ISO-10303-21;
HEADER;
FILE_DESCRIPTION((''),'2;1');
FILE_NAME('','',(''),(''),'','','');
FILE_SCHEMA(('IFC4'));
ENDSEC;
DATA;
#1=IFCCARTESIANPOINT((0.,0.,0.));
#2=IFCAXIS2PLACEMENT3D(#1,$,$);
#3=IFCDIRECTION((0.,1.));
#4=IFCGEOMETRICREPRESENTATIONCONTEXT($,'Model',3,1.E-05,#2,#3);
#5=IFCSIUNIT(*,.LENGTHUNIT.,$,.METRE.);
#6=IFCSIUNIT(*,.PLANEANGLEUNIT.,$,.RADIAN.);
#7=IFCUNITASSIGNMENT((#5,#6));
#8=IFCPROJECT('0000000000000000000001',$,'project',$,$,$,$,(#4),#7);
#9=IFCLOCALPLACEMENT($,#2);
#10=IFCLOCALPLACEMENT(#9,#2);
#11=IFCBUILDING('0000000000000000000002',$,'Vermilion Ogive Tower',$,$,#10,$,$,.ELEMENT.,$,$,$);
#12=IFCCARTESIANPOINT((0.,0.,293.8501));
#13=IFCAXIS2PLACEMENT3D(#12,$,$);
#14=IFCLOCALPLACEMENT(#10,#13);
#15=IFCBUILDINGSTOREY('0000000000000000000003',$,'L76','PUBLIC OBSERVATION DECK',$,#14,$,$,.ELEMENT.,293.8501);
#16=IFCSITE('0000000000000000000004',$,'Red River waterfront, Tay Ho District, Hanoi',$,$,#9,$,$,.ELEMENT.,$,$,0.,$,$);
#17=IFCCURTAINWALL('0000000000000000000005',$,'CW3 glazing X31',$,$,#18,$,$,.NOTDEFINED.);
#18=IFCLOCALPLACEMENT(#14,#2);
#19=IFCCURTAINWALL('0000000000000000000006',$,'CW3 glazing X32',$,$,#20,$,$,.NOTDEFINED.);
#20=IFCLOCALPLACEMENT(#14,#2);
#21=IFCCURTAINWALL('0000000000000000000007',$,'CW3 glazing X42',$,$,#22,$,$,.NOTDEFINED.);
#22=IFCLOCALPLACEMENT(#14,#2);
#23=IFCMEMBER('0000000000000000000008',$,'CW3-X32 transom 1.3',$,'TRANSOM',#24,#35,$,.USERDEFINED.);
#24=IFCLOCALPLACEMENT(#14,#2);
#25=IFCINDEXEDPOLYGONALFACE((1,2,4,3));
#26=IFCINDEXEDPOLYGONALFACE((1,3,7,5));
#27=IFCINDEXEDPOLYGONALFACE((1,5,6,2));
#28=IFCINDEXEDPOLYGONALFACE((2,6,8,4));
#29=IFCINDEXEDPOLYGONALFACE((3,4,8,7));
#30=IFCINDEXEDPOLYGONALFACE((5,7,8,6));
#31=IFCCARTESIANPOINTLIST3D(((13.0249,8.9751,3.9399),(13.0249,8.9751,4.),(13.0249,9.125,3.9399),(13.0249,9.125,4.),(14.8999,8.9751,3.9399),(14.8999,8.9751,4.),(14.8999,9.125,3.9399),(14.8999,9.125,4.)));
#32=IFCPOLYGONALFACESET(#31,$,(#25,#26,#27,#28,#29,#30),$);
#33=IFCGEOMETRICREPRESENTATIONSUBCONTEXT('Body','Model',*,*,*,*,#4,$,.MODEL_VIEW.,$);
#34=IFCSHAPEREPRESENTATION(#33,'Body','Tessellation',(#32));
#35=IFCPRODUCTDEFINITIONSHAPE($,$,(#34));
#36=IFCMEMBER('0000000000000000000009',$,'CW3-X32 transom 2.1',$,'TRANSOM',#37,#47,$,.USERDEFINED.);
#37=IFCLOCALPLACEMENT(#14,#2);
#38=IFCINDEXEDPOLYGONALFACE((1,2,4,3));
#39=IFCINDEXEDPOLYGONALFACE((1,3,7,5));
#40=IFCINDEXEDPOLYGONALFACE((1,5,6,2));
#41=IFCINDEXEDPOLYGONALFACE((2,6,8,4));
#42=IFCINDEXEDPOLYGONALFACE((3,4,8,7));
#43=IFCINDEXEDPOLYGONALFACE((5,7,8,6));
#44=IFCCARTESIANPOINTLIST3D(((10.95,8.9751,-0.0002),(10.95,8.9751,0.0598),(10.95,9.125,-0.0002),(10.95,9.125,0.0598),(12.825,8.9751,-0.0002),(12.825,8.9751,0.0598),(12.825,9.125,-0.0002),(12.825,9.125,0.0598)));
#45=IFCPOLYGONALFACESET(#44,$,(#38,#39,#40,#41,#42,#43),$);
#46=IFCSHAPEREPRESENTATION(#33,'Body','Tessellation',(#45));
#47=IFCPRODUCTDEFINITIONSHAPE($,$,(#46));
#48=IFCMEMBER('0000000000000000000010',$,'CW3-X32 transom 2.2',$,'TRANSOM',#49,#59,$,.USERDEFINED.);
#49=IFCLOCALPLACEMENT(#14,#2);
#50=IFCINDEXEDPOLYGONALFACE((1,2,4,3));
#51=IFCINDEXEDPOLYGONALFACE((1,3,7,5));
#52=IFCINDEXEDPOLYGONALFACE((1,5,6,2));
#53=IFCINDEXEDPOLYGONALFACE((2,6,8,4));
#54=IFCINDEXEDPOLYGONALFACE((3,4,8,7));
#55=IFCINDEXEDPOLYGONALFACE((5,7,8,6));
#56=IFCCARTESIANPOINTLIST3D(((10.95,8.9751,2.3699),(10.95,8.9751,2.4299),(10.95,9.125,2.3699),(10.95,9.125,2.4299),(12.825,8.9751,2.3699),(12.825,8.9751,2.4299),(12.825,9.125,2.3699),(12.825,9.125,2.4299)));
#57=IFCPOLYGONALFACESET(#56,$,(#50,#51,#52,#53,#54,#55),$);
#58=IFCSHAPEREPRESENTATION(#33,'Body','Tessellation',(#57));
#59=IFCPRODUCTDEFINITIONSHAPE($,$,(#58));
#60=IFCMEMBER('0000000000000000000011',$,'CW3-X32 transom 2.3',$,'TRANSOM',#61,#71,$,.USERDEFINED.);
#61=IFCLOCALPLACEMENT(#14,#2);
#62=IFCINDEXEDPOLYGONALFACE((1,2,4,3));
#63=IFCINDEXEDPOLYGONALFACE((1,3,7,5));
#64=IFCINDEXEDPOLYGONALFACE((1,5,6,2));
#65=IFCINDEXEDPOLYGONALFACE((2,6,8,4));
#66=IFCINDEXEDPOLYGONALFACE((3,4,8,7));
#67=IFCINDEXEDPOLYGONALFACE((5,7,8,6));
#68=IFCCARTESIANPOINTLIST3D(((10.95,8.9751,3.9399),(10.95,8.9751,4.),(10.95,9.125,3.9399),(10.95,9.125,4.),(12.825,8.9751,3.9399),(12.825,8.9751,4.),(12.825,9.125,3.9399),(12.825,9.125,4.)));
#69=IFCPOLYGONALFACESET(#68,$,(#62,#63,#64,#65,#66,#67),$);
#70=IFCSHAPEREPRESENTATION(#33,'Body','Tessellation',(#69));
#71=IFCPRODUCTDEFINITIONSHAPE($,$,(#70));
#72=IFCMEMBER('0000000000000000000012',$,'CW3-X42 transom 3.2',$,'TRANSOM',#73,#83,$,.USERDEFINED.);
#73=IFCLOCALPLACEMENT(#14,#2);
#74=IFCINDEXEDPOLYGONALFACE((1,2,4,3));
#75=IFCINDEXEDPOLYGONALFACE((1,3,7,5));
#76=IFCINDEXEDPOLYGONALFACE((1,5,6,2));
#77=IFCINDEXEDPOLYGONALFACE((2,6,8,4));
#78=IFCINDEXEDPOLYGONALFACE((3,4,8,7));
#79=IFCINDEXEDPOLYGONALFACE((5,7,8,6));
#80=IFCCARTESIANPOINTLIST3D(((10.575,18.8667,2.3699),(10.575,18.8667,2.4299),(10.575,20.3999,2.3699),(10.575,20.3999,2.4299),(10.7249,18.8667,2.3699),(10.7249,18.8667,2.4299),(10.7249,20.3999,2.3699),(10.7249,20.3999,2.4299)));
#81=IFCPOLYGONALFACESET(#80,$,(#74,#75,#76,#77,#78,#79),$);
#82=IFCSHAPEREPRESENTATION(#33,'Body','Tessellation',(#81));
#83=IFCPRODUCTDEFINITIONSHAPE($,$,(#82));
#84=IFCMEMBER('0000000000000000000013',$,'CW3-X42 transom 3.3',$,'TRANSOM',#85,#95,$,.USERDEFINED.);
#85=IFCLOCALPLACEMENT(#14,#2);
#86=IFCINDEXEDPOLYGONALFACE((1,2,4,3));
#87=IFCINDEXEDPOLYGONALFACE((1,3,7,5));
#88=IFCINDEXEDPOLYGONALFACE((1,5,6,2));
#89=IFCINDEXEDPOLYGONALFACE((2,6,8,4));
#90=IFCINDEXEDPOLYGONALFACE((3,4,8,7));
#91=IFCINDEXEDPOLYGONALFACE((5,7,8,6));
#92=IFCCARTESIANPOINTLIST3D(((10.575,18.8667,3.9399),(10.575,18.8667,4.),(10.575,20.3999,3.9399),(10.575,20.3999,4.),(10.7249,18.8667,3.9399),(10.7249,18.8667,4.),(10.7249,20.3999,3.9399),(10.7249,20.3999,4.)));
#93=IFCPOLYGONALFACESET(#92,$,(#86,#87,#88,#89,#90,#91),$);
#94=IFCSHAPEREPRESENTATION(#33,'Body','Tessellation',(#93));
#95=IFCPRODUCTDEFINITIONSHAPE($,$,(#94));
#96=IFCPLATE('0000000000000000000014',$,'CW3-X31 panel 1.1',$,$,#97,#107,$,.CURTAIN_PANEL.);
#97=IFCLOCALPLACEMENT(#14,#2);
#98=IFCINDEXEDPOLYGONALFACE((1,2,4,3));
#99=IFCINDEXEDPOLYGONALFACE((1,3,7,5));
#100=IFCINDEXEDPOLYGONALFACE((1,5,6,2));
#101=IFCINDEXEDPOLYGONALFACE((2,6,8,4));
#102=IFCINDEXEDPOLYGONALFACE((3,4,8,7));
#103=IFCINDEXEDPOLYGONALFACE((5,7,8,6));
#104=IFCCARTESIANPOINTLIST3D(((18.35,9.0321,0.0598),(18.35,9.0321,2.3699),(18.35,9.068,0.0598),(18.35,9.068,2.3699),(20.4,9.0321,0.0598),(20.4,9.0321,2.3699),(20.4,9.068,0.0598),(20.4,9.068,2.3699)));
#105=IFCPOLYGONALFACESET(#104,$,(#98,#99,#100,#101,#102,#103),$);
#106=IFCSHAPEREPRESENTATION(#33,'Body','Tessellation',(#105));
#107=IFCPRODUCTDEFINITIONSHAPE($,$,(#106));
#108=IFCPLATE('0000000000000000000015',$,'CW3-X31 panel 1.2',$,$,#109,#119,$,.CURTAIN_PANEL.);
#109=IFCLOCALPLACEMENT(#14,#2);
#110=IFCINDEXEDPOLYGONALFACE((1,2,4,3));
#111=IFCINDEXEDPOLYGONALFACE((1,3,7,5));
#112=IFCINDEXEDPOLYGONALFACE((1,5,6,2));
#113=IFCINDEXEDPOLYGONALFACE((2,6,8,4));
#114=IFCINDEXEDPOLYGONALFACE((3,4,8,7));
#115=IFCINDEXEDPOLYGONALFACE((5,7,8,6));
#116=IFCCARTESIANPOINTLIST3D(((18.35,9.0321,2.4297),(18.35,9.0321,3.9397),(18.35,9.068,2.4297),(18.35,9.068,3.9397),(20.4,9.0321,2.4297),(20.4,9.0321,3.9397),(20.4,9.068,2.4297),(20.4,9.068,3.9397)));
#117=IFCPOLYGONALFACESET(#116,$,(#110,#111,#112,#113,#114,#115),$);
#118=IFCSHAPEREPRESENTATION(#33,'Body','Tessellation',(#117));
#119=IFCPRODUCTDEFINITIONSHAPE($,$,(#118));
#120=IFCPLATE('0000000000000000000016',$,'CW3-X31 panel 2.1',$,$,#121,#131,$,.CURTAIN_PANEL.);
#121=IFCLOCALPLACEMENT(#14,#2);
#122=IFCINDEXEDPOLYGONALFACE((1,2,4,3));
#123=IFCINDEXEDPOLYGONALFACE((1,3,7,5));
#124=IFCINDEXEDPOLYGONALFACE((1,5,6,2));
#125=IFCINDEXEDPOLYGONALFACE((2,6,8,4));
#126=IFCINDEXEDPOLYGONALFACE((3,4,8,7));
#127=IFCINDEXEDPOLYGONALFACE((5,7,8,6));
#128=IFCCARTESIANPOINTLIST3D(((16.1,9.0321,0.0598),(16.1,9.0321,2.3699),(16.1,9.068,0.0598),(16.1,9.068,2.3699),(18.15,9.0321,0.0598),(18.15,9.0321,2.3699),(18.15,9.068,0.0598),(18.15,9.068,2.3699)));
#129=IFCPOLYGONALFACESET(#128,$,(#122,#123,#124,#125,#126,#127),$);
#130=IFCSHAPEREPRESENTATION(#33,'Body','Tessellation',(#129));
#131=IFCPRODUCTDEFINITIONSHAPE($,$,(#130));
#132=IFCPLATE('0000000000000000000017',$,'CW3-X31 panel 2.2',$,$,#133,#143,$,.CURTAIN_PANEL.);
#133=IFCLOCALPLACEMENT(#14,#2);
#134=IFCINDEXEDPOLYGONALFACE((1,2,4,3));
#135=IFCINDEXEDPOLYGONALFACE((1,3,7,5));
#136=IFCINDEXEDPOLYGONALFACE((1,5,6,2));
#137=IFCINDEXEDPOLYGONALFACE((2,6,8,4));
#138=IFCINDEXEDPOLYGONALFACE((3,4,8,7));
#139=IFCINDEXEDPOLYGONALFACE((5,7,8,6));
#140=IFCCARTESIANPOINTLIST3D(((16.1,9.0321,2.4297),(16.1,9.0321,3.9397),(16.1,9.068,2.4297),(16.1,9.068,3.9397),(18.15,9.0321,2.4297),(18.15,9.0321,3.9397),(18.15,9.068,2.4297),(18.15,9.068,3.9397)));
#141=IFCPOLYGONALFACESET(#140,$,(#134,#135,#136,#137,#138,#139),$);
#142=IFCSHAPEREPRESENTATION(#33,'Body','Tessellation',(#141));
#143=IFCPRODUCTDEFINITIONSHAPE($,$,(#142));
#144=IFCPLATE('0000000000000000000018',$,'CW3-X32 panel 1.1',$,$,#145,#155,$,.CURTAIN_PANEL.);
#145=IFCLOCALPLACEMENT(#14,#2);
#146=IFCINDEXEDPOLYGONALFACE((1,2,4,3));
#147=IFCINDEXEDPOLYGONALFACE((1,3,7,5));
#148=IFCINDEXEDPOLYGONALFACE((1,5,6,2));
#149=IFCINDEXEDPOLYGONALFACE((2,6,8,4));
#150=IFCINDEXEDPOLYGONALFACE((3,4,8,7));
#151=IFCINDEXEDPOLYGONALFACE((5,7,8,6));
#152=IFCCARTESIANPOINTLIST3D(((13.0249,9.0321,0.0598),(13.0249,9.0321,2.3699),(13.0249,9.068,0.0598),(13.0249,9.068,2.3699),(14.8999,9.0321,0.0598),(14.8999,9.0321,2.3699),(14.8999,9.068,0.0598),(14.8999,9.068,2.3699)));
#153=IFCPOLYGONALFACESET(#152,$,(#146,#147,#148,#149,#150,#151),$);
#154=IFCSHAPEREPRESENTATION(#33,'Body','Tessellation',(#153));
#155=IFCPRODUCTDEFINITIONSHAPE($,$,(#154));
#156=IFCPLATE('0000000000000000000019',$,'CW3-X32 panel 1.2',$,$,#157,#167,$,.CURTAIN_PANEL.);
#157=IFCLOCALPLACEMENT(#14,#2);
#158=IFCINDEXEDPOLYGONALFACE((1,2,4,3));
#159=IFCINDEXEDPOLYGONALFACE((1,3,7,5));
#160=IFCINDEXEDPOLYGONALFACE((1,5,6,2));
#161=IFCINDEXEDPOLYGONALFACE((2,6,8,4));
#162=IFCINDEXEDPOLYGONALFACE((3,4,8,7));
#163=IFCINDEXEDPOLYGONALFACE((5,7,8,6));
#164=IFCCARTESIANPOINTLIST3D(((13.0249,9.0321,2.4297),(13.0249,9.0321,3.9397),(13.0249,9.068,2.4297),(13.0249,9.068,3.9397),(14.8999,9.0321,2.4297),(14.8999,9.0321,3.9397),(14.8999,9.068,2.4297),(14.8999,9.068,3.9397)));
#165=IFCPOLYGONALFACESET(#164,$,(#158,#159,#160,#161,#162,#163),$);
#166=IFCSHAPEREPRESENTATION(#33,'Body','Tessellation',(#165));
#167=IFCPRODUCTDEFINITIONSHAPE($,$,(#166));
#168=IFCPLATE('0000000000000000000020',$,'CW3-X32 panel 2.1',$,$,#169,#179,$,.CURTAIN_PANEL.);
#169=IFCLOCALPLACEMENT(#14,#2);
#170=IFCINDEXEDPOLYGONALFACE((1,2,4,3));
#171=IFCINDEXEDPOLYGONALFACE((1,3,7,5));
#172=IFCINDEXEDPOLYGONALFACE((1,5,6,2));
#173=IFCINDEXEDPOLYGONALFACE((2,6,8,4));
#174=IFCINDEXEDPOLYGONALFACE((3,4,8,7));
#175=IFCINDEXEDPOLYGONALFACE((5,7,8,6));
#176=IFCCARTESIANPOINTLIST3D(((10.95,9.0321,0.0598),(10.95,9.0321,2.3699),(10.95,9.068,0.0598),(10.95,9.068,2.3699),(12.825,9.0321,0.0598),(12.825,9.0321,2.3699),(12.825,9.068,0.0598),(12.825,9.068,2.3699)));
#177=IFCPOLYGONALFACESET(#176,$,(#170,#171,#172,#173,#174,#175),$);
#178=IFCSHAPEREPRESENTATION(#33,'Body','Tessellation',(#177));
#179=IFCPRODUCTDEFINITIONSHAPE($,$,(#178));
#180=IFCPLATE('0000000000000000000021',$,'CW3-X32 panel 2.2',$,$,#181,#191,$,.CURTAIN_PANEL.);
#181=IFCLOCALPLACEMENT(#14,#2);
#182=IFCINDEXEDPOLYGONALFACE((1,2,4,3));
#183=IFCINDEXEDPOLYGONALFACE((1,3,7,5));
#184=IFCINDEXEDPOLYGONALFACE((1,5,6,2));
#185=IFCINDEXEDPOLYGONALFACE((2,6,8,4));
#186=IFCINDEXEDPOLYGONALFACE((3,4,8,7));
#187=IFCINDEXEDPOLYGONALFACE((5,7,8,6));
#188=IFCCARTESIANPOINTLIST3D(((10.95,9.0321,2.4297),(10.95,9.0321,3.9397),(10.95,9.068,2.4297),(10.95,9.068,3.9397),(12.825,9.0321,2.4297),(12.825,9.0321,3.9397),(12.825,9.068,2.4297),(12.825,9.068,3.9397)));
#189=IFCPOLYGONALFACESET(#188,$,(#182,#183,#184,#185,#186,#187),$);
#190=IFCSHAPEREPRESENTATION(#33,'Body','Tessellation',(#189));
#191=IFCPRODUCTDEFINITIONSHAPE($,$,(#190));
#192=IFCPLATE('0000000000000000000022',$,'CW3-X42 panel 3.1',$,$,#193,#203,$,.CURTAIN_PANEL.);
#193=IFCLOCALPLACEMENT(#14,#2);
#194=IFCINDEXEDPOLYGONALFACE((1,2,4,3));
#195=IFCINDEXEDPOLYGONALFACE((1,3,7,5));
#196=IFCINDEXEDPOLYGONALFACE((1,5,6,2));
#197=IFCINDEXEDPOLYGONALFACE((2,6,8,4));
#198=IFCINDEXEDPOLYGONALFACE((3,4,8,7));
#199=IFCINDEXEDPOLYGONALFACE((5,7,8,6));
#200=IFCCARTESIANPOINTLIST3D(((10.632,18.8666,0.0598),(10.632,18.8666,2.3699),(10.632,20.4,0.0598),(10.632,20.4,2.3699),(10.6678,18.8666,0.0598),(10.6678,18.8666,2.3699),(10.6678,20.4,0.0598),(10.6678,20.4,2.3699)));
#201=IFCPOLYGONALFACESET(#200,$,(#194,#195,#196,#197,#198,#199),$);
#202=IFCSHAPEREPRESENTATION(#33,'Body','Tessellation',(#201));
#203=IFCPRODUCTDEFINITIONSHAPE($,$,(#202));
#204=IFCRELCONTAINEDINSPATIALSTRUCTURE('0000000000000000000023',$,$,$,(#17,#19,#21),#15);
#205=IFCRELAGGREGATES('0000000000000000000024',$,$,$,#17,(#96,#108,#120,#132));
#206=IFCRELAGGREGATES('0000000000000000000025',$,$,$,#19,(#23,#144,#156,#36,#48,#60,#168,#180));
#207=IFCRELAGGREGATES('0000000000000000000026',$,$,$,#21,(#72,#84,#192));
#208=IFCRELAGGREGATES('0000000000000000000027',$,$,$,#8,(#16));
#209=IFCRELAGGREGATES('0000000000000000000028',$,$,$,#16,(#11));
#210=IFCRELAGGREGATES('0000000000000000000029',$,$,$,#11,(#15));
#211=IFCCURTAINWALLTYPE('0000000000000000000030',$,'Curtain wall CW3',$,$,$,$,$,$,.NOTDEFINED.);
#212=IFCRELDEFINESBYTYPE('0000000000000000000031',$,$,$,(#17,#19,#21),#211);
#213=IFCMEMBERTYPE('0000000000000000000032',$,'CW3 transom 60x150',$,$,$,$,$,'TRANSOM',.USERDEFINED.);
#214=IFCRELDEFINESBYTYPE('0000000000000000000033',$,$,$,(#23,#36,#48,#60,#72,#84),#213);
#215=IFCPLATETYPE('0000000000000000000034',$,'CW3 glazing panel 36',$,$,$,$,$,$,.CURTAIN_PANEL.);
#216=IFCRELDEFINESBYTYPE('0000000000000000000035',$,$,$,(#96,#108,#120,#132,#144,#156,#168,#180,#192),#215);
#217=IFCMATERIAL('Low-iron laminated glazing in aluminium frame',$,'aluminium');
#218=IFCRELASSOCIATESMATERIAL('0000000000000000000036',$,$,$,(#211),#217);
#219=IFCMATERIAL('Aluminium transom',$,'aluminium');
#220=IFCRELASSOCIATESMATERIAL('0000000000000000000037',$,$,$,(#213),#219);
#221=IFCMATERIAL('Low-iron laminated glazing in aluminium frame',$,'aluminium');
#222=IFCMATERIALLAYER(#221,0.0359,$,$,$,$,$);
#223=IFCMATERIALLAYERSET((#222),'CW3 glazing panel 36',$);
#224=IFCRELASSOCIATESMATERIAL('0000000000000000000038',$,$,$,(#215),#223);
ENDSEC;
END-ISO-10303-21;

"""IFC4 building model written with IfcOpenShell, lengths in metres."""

from ifc_helpers import new_model, si_unit, direction, frame, origin, origin_2d, place, context, subcontext, project, spatial, rectangle, extrude, material, layer, layer_set, material_profile, profile_set, type_object, element, aggregate, save


model = new_model("IFC4")

# Units and contexts
model_context = context("Model", 3, precision=1e-05, world=origin(), true_north=direction((0.0, 1.0)))
body_context = subcontext(model_context, "Body", "Model", "MODEL_VIEW")
ifc_project = project(units=[si_unit("LENGTHUNIT", "METRE"), si_unit("PLANEANGLEUNIT", "RADIAN")], contexts=[model_context])

# Site, building, storey
site_placement = place(None, origin())
site = spatial("IfcSite", under=ifc_project, at=site_placement, Name="Red River waterfront, Tay Ho District, Hanoi", CompositionType="ELEMENT", RefElevation=0.0)
building_placement = place(site_placement, origin())
building = spatial("IfcBuilding", under=site, at=building_placement, Name="Vermilion Ogive Tower", CompositionType="ELEMENT")
storey_placement = place(building_placement, frame((0.0, 0.0, 293.8501)))
storey = spatial("IfcBuildingStorey", under=building, at=storey_placement, Name="L76", Description="PUBLIC OBSERVATION DECK", CompositionType="ELEMENT", Elevation=293.8501)

# Curtain walls
ifc_material_1 = material(Name="Low-iron laminated glazing in aluminium frame", Category="aluminium")
curtain_wall_type = type_object("IfcCurtainWallType", Name="Curtain wall CW3", PredefinedType="NOTDEFINED", material=ifc_material_1)
curtain_wall_1_placement = place(storey_placement, origin())
curtain_wall_1 = element("IfcCurtainWall", 1, at=curtain_wall_1_placement, inside=storey, type_object=curtain_wall_type, Name="CW3 glazing X31", PredefinedType="NOTDEFINED")
curtain_wall_2_placement = place(storey_placement, origin())
curtain_wall_2 = element("IfcCurtainWall", 2, at=curtain_wall_2_placement, inside=storey, type_object=curtain_wall_type, Name="CW3 glazing X32", PredefinedType="NOTDEFINED")

# Curtain wall
curtain_wall_3_placement = place(storey_placement, origin())
curtain_wall_3 = element("IfcCurtainWall", 3, at=curtain_wall_3_placement, inside=storey, type_object=curtain_wall_type, Name="CW3 glazing X42", PredefinedType="NOTDEFINED")

# Members
ifc_material_2 = material(Name="Aluminium transom", Category="aluminium")
ifc_material_profile_1 = material_profile(ifc_material_2, rectangle(XDim=0.1499, YDim=0.0601, at=origin_2d()), Name="AL 60x150")
ifc_profile_set_1 = profile_set([ifc_material_profile_1], Name="Aluminium transom")
member_type_1 = type_object("IfcMemberType", Name="CW3 transom 60x150", ElementType="TRANSOM", PredefinedType="USERDEFINED", material=ifc_profile_set_1)
member_1_placement = place(storey_placement, frame((14.8999, 9.05, 3.97), z_axis=(-1.0, 0.0, 0.0), x_axis=(0.0, -1.0, 0.0)))
member_1 = element("IfcMember", 4, at=member_1_placement, type_object=member_type_1, Name="CW3-X32 transom 1.3", ObjectType="TRANSOM", PredefinedType="USERDEFINED", context=body_context, shape_type="SweptSolid", body=[
    extrude(rectangle(XDim=0.1499, YDim=0.0601, at=origin_2d()), origin(), (0.0, 0.0, 1.0), 1.875),
])
member_2_placement = place(storey_placement, frame((12.825, 9.05, 0.0298), z_axis=(-1.0, 0.0, 0.0), x_axis=(0.0, -1.0, 0.0)))
member_2 = element("IfcMember", 5, at=member_2_placement, type_object=member_type_1, Name="CW3-X32 transom 2.1", ObjectType="TRANSOM", PredefinedType="USERDEFINED", context=body_context, shape_type="SweptSolid", body=[
    extrude(rectangle(XDim=0.1499, YDim=0.0601, at=origin_2d()), origin(), (0.0, 0.0, 1.0), 1.875),
])
member_3_placement = place(storey_placement, frame((12.825, 9.05, 2.3999), z_axis=(-1.0, 0.0, 0.0), x_axis=(0.0, -1.0, 0.0)))
member_3 = element("IfcMember", 6, at=member_3_placement, type_object=member_type_1, Name="CW3-X32 transom 2.2", ObjectType="TRANSOM", PredefinedType="USERDEFINED", context=body_context, shape_type="SweptSolid", body=[
    extrude(rectangle(XDim=0.1499, YDim=0.0601, at=origin_2d()), origin(), (0.0, 0.0, 1.0), 1.875),
])
member_4_placement = place(storey_placement, frame((12.825, 9.05, 3.97), z_axis=(-1.0, 0.0, 0.0), x_axis=(0.0, -1.0, 0.0)))
member_4 = element("IfcMember", 7, at=member_4_placement, type_object=member_type_1, Name="CW3-X32 transom 2.3", ObjectType="TRANSOM", PredefinedType="USERDEFINED", context=body_context, shape_type="SweptSolid", body=[
    extrude(rectangle(XDim=0.1499, YDim=0.0601, at=origin_2d()), origin(), (0.0, 0.0, 1.0), 1.875),
])
member_5_placement = place(storey_placement, frame((10.6499, 18.8667, 2.3999), z_axis=(0.0, 1.0, 0.0), x_axis=(-1.0, 0.0, 0.0)))
member_5 = element("IfcMember", 8, at=member_5_placement, type_object=member_type_1, Name="CW3-X42 transom 3.2", ObjectType="TRANSOM", PredefinedType="USERDEFINED", context=body_context, shape_type="SweptSolid", body=[
    extrude(rectangle(XDim=0.1499, YDim=0.0601, at=origin_2d()), origin(), (0.0, 0.0, 1.0), 1.5332),
])
member_6_placement = place(storey_placement, frame((10.6499, 18.8667, 3.97), z_axis=(0.0, 1.0, 0.0), x_axis=(-1.0, 0.0, 0.0)))
member_6 = element("IfcMember", 9, at=member_6_placement, type_object=member_type_1, Name="CW3-X42 transom 3.3", ObjectType="TRANSOM", PredefinedType="USERDEFINED", context=body_context, shape_type="SweptSolid", body=[
    extrude(rectangle(XDim=0.1499, YDim=0.0601, at=origin_2d()), origin(), (0.0, 0.0, 1.0), 1.5332),
])

# Plates
ifc_material_3 = material(Name="Low-iron laminated glazing in aluminium frame", Category="aluminium")
ifc_layer_1 = layer(ifc_material_3, 0.0359)
ifc_layer_set_1 = layer_set([ifc_layer_1], Name="CW3 glazing panel 36")
plate_type = type_object("IfcPlateType", Name="CW3 glazing panel 36", PredefinedType="CURTAIN_PANEL", material=ifc_layer_set_1)
plate_1_placement = place(storey_placement, frame((19.375, 9.05, 0.0598), z_axis=(0.0, 0.0, 1.0), x_axis=(-1.0, 0.0, 0.0)))
plate_1 = element("IfcPlate", 10, at=plate_1_placement, type_object=plate_type, Name="CW3-X31 panel 1.1", PredefinedType="CURTAIN_PANEL", context=body_context, shape_type="SweptSolid", body=[
    extrude(rectangle(XDim=2.05, YDim=0.0359, at=origin_2d()), origin(), (0.0, 0.0, 1.0), 2.3101),
])
plate_2_placement = place(storey_placement, frame((19.375, 9.05, 2.4297), z_axis=(0.0, 0.0, 1.0), x_axis=(-1.0, 0.0, 0.0)))
plate_2 = element("IfcPlate", 11, at=plate_2_placement, type_object=plate_type, Name="CW3-X31 panel 1.2", PredefinedType="CURTAIN_PANEL", context=body_context, shape_type="SweptSolid", body=[
    extrude(rectangle(XDim=2.05, YDim=0.0359, at=origin_2d()), origin(), (0.0, 0.0, 1.0), 1.51),
])
plate_3_placement = place(storey_placement, frame((17.125, 9.05, 0.0598), z_axis=(0.0, 0.0, 1.0), x_axis=(-1.0, 0.0, 0.0)))
plate_3 = element("IfcPlate", 12, at=plate_3_placement, type_object=plate_type, Name="CW3-X31 panel 2.1", PredefinedType="CURTAIN_PANEL", context=body_context, shape_type="SweptSolid", body=[
    extrude(rectangle(XDim=2.05, YDim=0.0359, at=origin_2d()), origin(), (0.0, 0.0, 1.0), 2.3101),
])
plate_4_placement = place(storey_placement, frame((17.125, 9.05, 2.4297), z_axis=(0.0, 0.0, 1.0), x_axis=(-1.0, 0.0, 0.0)))
plate_4 = element("IfcPlate", 13, at=plate_4_placement, type_object=plate_type, Name="CW3-X31 panel 2.2", PredefinedType="CURTAIN_PANEL", context=body_context, shape_type="SweptSolid", body=[
    extrude(rectangle(XDim=2.05, YDim=0.0359, at=origin_2d()), origin(), (0.0, 0.0, 1.0), 1.51),
])
aggregate(curtain_wall_1, [plate_1, plate_2, plate_3, plate_4])
plate_5_placement = place(storey_placement, frame((13.9624, 9.05, 0.0598), z_axis=(0.0, 0.0, 1.0), x_axis=(-1.0, 0.0, 0.0)))
plate_5 = element("IfcPlate", 14, at=plate_5_placement, type_object=plate_type, Name="CW3-X32 panel 1.1", PredefinedType="CURTAIN_PANEL", context=body_context, shape_type="SweptSolid", body=[
    extrude(rectangle(XDim=1.875, YDim=0.0359, at=origin_2d()), origin(), (0.0, 0.0, 1.0), 2.3101),
])
plate_6_placement = place(storey_placement, frame((13.9624, 9.05, 2.4297), z_axis=(0.0, 0.0, 1.0), x_axis=(-1.0, 0.0, 0.0)))
plate_6 = element("IfcPlate", 15, at=plate_6_placement, type_object=plate_type, Name="CW3-X32 panel 1.2", PredefinedType="CURTAIN_PANEL", context=body_context, shape_type="SweptSolid", body=[
    extrude(rectangle(XDim=1.875, YDim=0.0359, at=origin_2d()), origin(), (0.0, 0.0, 1.0), 1.51),
])
plate_7_placement = place(storey_placement, frame((11.8875, 9.05, 0.0598), z_axis=(0.0, 0.0, 1.0), x_axis=(-1.0, 0.0, 0.0)))
plate_7 = element("IfcPlate", 16, at=plate_7_placement, type_object=plate_type, Name="CW3-X32 panel 2.1", PredefinedType="CURTAIN_PANEL", context=body_context, shape_type="SweptSolid", body=[
    extrude(rectangle(XDim=1.875, YDim=0.0359, at=origin_2d()), origin(), (0.0, 0.0, 1.0), 2.3101),
])
plate_8_placement = place(storey_placement, frame((11.8875, 9.05, 2.4297), z_axis=(0.0, 0.0, 1.0), x_axis=(-1.0, 0.0, 0.0)))
plate_8 = element("IfcPlate", 17, at=plate_8_placement, type_object=plate_type, Name="CW3-X32 panel 2.2", PredefinedType="CURTAIN_PANEL", context=body_context, shape_type="SweptSolid", body=[
    extrude(rectangle(XDim=1.875, YDim=0.0359, at=origin_2d()), origin(), (0.0, 0.0, 1.0), 1.51),
])
aggregate(curtain_wall_2, [member_1, plate_5, plate_6, member_2, member_3, member_4, plate_7, plate_8])
plate_9_placement = place(storey_placement, frame((10.6499, 19.6333, 0.0598), z_axis=(0.0, 0.0, 1.0), x_axis=(0.0, 1.0, 0.0)))
plate_9 = element("IfcPlate", 18, at=plate_9_placement, type_object=plate_type, Name="CW3-X42 panel 3.1", PredefinedType="CURTAIN_PANEL", context=body_context, shape_type="SweptSolid", body=[
    extrude(rectangle(XDim=1.5334, YDim=0.0359, at=origin_2d()), origin(), (0.0, 0.0, 1.0), 2.3101),
])
aggregate(curtain_wall_3, [member_5, member_6, plate_9])

save(model, "model.ifc")
